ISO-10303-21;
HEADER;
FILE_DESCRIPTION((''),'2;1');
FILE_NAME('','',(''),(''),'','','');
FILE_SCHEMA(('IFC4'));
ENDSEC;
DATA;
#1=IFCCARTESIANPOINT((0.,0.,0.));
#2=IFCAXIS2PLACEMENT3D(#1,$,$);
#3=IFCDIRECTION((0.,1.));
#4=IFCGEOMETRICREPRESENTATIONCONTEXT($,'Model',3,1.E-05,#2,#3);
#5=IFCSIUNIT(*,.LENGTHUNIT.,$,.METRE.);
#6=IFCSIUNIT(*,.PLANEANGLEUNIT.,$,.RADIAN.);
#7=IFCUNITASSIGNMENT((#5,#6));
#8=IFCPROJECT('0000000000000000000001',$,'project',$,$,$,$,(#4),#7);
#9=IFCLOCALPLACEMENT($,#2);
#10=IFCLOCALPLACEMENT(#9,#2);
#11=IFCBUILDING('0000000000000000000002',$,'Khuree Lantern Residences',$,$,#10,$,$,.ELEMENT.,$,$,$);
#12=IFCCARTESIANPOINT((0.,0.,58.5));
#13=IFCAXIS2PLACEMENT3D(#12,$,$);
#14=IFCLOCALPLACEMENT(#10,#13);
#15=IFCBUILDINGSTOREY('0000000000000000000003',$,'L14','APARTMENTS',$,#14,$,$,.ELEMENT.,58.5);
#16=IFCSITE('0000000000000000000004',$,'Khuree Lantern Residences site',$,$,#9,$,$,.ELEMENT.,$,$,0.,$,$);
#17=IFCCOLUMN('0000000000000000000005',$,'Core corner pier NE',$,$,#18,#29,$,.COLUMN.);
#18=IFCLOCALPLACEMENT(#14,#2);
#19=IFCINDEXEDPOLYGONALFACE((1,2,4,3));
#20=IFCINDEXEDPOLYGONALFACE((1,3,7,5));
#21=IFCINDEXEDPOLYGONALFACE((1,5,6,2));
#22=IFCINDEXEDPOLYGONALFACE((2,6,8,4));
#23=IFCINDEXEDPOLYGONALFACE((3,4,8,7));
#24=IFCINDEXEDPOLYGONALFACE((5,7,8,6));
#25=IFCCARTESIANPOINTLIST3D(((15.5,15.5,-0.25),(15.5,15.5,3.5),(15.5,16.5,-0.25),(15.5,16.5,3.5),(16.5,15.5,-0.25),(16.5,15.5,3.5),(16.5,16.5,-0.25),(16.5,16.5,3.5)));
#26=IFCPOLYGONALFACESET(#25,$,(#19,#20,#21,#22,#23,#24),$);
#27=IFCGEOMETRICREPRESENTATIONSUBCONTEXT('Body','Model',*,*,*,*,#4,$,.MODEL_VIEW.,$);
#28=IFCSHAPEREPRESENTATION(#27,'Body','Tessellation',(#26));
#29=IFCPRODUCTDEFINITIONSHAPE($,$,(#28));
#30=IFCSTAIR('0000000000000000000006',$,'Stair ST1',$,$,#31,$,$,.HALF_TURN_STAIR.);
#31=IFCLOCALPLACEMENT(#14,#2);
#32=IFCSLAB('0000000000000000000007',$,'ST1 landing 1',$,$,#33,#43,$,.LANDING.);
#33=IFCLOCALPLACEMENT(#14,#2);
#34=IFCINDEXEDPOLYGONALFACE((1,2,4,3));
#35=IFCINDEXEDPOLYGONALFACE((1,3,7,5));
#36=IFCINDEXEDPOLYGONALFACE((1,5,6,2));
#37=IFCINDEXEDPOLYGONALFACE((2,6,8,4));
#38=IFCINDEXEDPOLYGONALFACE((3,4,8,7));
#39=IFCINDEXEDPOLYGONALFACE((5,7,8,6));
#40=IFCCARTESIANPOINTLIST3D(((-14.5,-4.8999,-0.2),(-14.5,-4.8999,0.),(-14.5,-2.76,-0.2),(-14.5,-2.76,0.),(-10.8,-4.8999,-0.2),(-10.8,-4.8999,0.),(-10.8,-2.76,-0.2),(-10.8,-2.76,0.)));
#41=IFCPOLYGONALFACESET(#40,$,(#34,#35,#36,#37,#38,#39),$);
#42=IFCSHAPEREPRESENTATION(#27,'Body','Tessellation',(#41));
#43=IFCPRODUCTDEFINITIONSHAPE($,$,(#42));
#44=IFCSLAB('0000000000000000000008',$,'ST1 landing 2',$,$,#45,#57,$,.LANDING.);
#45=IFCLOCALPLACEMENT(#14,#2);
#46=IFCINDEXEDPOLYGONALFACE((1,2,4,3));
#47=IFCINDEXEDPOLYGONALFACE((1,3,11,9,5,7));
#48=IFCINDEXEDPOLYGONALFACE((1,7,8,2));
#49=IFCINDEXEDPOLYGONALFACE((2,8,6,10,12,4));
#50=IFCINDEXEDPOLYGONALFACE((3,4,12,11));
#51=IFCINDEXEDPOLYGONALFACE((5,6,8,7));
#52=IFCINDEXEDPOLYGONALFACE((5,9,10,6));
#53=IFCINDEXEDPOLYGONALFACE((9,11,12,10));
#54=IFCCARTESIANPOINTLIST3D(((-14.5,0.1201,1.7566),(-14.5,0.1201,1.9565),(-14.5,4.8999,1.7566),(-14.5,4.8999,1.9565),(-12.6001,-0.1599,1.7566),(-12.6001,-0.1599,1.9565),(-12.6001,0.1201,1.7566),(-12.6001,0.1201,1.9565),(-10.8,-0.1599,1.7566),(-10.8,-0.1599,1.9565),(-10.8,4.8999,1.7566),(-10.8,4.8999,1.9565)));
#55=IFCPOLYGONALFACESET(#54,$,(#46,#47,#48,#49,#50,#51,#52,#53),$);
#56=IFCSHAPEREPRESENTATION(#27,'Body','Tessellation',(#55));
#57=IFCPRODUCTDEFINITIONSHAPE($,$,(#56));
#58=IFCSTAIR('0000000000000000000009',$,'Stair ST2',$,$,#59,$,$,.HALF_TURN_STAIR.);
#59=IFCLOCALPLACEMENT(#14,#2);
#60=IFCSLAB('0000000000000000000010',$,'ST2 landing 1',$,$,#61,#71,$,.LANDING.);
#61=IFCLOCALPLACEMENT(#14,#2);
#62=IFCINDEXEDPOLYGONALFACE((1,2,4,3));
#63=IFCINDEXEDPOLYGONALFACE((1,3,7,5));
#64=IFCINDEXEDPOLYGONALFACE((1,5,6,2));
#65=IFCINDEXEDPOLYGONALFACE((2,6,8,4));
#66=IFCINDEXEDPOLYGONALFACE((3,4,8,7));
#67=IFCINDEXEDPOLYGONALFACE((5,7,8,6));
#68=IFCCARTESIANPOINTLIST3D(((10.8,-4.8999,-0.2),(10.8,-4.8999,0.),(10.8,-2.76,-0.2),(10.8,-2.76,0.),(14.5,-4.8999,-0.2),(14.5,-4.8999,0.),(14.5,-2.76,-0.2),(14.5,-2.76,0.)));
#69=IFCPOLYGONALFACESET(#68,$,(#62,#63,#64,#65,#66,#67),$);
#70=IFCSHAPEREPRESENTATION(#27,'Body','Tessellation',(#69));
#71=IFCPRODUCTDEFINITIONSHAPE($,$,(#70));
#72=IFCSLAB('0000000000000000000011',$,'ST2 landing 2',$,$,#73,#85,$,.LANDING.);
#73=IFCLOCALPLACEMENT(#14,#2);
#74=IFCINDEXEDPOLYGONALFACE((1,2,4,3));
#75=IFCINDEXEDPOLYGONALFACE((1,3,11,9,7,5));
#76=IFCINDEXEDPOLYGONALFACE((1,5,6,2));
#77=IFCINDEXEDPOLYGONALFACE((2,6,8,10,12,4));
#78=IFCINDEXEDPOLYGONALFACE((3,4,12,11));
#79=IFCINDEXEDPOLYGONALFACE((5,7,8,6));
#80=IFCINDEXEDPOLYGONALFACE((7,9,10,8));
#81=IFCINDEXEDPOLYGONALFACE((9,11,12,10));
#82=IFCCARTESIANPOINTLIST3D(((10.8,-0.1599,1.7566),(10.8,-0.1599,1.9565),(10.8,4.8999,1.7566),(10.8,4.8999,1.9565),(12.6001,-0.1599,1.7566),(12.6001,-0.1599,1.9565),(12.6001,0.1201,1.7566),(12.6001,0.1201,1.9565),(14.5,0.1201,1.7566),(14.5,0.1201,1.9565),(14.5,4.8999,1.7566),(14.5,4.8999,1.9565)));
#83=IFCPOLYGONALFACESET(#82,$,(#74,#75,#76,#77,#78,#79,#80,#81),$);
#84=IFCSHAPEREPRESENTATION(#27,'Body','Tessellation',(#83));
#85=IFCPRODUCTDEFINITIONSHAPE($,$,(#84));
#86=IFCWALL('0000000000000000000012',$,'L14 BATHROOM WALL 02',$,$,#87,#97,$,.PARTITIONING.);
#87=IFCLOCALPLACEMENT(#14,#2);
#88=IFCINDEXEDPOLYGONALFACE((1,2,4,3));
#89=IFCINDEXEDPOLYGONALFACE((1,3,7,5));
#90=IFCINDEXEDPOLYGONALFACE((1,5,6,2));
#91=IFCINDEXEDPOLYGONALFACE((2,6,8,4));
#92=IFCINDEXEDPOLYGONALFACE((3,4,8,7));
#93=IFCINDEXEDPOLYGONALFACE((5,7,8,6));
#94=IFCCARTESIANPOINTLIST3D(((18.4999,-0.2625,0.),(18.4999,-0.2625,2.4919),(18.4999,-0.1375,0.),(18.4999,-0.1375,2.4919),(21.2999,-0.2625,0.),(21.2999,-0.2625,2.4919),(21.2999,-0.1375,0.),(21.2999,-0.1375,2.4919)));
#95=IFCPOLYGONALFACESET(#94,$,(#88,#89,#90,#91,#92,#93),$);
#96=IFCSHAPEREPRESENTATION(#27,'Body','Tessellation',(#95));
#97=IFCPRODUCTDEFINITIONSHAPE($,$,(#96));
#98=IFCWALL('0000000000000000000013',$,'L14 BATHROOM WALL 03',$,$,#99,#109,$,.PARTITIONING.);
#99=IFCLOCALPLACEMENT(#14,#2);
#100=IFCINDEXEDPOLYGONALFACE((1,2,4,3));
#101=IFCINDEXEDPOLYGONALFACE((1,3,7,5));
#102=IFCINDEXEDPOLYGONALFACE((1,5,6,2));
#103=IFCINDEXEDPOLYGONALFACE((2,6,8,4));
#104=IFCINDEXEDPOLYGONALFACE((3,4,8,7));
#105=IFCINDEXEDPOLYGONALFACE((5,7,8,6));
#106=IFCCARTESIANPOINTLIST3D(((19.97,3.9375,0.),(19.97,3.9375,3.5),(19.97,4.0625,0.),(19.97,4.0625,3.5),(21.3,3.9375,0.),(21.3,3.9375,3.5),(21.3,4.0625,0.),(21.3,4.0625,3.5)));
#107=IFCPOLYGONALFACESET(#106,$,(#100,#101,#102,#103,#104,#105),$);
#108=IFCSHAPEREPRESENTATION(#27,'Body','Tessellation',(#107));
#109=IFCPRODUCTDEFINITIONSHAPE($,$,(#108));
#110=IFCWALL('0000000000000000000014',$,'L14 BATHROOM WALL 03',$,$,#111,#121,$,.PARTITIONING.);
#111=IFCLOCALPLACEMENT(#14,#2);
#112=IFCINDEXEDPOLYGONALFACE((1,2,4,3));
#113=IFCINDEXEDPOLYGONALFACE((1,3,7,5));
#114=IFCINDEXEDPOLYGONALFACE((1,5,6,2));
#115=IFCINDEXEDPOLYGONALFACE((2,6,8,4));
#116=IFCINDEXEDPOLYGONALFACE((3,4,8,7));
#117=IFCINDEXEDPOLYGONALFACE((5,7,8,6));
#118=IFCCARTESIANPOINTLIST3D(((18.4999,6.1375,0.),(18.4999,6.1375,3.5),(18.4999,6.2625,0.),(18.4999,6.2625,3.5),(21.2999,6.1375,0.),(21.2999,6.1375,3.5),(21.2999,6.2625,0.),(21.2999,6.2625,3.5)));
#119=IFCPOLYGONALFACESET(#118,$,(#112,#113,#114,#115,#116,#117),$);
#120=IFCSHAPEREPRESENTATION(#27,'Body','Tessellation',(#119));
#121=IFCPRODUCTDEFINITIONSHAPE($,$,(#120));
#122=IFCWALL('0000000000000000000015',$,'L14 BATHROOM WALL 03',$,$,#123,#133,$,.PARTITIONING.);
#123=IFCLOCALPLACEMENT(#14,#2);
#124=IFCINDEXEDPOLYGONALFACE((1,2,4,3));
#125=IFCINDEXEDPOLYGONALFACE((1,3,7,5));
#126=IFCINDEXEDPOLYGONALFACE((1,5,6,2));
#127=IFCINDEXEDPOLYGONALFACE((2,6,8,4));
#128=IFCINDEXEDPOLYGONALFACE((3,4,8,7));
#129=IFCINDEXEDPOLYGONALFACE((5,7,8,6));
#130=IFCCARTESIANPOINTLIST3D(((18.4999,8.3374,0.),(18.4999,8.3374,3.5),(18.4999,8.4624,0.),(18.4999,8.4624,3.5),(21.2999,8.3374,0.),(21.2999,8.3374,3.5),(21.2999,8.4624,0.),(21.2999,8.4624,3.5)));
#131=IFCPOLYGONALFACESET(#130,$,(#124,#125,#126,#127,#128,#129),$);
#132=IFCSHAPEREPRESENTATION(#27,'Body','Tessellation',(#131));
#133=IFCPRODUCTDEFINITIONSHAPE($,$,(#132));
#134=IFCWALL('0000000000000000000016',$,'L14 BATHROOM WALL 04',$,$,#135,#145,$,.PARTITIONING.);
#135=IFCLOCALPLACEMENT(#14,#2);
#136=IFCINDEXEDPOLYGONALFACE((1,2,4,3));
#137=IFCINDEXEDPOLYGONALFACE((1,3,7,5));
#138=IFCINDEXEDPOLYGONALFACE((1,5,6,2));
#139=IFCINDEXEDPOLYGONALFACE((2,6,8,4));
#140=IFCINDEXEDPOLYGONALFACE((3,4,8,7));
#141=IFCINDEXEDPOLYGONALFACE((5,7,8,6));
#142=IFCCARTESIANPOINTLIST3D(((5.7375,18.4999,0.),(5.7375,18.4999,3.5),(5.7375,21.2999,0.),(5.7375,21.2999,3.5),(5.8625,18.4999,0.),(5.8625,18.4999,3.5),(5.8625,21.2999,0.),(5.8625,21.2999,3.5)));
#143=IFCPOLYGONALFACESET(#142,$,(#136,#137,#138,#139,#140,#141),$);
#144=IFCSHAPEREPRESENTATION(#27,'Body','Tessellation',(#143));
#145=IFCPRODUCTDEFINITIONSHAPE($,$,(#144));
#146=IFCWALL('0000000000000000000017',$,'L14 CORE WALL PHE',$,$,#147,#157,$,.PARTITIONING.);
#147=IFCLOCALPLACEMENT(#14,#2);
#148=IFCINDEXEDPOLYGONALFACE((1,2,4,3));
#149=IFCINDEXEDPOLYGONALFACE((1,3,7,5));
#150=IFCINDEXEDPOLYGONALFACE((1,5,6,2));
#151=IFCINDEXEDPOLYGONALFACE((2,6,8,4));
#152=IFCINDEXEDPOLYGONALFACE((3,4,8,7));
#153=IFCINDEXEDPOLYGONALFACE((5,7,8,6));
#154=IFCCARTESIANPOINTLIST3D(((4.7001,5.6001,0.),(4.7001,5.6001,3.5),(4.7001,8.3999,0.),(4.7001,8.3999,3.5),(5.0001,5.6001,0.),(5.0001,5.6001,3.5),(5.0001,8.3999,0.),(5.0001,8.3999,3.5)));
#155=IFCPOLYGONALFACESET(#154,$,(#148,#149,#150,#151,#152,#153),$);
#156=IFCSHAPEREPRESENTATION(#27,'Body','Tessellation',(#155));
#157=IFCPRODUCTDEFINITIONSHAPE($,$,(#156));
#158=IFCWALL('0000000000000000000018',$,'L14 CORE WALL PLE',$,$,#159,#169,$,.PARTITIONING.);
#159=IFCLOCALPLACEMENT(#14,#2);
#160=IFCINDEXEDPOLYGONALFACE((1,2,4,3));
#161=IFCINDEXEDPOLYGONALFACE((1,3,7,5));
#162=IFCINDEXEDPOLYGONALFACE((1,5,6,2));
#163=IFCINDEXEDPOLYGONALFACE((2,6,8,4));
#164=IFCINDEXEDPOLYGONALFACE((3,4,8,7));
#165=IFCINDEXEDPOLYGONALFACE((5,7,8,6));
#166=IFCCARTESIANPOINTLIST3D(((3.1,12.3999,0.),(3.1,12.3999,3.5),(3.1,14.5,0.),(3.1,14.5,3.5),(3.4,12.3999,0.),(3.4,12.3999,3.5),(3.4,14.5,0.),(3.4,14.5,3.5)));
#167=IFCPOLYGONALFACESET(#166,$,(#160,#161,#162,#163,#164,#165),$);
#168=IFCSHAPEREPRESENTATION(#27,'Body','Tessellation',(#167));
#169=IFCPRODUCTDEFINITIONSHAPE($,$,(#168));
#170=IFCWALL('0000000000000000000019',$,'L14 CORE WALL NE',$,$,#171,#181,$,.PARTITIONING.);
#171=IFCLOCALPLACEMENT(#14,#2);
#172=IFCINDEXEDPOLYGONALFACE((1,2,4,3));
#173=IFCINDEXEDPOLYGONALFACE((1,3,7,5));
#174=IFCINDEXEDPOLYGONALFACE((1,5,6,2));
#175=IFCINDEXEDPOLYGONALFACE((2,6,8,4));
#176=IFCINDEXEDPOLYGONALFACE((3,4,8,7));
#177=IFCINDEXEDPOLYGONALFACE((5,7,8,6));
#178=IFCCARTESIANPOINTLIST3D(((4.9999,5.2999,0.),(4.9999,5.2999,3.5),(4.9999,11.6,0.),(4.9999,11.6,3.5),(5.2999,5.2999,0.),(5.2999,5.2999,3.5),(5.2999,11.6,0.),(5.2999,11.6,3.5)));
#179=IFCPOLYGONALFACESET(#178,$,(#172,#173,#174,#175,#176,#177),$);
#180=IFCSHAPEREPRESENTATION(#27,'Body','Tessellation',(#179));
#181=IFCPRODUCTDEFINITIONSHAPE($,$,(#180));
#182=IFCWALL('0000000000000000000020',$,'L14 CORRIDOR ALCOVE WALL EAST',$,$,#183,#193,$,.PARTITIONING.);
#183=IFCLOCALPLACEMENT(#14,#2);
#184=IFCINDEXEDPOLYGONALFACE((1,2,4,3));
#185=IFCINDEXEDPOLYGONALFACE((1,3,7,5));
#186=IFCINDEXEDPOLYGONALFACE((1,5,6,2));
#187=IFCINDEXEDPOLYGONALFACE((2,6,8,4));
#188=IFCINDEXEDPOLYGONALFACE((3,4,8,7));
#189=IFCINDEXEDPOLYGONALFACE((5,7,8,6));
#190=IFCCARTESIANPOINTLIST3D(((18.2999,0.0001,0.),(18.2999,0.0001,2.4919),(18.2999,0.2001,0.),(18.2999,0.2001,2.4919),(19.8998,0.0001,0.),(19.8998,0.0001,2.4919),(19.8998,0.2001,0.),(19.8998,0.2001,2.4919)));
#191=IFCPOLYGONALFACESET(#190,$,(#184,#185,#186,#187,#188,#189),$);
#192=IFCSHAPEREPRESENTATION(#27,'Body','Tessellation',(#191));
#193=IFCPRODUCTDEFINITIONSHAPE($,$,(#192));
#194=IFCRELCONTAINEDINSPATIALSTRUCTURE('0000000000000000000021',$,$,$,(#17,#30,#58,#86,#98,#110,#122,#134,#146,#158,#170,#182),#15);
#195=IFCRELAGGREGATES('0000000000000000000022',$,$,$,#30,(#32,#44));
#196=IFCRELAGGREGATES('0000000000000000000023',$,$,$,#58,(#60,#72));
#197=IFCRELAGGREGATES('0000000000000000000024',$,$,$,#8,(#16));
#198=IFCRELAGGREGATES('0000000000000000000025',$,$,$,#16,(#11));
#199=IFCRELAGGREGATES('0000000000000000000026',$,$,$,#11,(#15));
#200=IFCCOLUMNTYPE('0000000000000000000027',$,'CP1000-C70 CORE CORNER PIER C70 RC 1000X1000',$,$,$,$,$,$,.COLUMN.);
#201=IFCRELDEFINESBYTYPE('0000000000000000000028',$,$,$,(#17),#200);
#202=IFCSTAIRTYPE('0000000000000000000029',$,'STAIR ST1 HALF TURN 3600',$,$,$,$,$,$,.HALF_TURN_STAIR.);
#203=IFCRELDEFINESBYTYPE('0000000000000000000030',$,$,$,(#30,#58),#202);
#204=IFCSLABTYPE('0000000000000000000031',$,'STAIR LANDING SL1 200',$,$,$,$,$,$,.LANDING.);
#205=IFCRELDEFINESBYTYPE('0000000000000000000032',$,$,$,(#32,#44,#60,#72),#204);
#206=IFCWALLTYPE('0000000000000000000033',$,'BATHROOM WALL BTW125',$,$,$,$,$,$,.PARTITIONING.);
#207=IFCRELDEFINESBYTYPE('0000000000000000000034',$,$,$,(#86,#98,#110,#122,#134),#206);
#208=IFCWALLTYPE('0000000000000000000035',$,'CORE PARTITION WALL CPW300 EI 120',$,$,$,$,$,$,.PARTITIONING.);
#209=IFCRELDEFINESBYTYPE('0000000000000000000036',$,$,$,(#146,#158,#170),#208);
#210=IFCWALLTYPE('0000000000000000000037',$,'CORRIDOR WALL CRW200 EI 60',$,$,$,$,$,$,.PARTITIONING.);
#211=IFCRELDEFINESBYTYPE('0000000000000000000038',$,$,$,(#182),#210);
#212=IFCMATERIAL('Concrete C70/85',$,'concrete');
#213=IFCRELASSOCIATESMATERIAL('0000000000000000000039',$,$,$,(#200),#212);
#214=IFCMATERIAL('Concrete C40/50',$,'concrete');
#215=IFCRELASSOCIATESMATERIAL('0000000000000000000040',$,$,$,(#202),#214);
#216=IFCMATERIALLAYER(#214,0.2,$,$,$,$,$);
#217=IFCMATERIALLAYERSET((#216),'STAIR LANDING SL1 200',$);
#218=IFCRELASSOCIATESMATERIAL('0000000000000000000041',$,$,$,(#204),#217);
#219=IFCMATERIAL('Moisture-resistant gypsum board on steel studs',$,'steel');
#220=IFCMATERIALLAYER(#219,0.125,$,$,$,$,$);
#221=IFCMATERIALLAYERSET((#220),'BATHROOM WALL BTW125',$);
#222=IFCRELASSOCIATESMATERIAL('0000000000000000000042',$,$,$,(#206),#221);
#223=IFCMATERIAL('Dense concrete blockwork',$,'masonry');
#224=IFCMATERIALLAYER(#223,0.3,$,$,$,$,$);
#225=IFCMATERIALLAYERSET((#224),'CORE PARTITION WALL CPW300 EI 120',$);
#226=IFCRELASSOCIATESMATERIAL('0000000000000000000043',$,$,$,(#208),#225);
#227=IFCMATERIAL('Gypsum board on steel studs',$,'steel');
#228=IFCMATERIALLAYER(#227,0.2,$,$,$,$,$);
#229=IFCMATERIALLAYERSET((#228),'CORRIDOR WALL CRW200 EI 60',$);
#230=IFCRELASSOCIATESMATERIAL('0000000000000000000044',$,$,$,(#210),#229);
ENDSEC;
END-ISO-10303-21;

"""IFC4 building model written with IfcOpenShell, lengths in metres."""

from ifc_helpers import new_model, si_unit, direction, frame, frame_2d, origin, origin_2d, place, context, subcontext, project, spatial, polyline, rectangle, outline, extrude, material, layer, layer_set, material_profile, profile_set, type_object, element, aggregate, save


model = new_model("IFC4")

# Units and contexts
model_context = context("Model", 3, precision=1e-05, world=origin(), true_north=direction((0.0, 1.0)))
body_context = subcontext(model_context, "Body", "Model", "MODEL_VIEW")
ifc_project = project(units=[si_unit("LENGTHUNIT", "METRE"), si_unit("PLANEANGLEUNIT", "RADIAN")], contexts=[model_context])

# Site, building, storey
site_placement = place(None, origin())
site = spatial("IfcSite", under=ifc_project, at=site_placement, Name="Khuree Lantern Residences site", CompositionType="ELEMENT", RefElevation=0.0)
building_placement = place(site_placement, origin())
building = spatial("IfcBuilding", under=site, at=building_placement, Name="Khuree Lantern Residences", CompositionType="ELEMENT")
storey_placement = place(building_placement, frame((0.0, 0.0, 58.5)))
storey = spatial("IfcBuildingStorey", under=building, at=storey_placement, Name="L14", Description="APARTMENTS", CompositionType="ELEMENT", Elevation=58.5)

# Column
ifc_material_1 = material(Name="Concrete C70/85", Category="concrete")
ifc_material_profile = material_profile(ifc_material_1, rectangle(XDim=1.0, YDim=1.0, at=origin_2d()), Name="RC 1000X1000")
ifc_profile_set = profile_set([ifc_material_profile], Name="Concrete C70/85")
column_type = type_object("IfcColumnType", Name="CP1000-C70 CORE CORNER PIER C70 RC 1000X1000", PredefinedType="COLUMN", material=ifc_profile_set)
column_placement = place(storey_placement, frame((16.0, 16.0, -0.25), z_axis=(0.0, 0.0, 1.0), x_axis=(1.0, 0.0, 0.0)))
element("IfcColumn", 1, at=column_placement, inside=storey, type_object=column_type, Name="Core corner pier NE", PredefinedType="COLUMN", context=body_context, shape_type="SweptSolid", body=[
    extrude(rectangle(XDim=1.0, YDim=1.0, at=origin_2d()), origin(), (0.0, 0.0, 1.0), 3.75),
])

# Stairs, slabs
ifc_material_2 = material(Name="Concrete C40/50", Category="concrete")
stair_type = type_object("IfcStairType", Name="STAIR ST1 HALF TURN 3600", PredefinedType="HALF_TURN_STAIR", material=ifc_material_2)
stair_1_placement = place(storey_placement, origin())
stair_1 = element("IfcStair", 2, at=stair_1_placement, inside=storey, type_object=stair_type, Name="Stair ST1", PredefinedType="HALF_TURN_STAIR")
ifc_layer_1 = layer(ifc_material_2, 0.2)
ifc_layer_set_1 = layer_set([ifc_layer_1], Name="STAIR LANDING SL1 200")
slab_type = type_object("IfcSlabType", Name="STAIR LANDING SL1 200", PredefinedType="LANDING", material=ifc_layer_set_1)
slab_1_placement = place(storey_placement, frame((0.0, 0.0, -0.2)))
slab_1 = element("IfcSlab", 3, at=slab_1_placement, type_object=slab_type, Name="ST1 landing 1", PredefinedType="LANDING", context=body_context, shape_type="SweptSolid", body=[
    extrude(outline(polyline([(-14.5, -4.8999), (-10.8, -4.8999), (-10.8, -2.76), (-14.5, -2.76), (-14.5, -4.8999)])), origin(), (0.0, 0.0, 1.0), 0.2),
])
slab_2_placement = place(storey_placement, frame((0.0, 0.0, 1.7566)))
slab_2 = element("IfcSlab", 4, at=slab_2_placement, type_object=slab_type, Name="ST1 landing 2", PredefinedType="LANDING", context=body_context, shape_type="SweptSolid", body=[
    extrude(outline(polyline([(-14.5, 0.1201), (-14.5, 4.8999), (-10.8, 4.8999), (-10.8, -0.1599), (-12.6001, -0.1599), (-12.6001, 0.1201), (-14.5, 0.1201)])), origin(), (0.0, 0.0, 1.0), 0.2),
])
aggregate(stair_1, [slab_1, slab_2])
stair_2_placement = place(storey_placement, origin())
stair_2 = element("IfcStair", 5, at=stair_2_placement, inside=storey, type_object=stair_type, Name="Stair ST2", PredefinedType="HALF_TURN_STAIR")
slab_3_placement = place(storey_placement, frame((0.0, 0.0, -0.2)))
slab_3 = element("IfcSlab", 6, at=slab_3_placement, type_object=slab_type, Name="ST2 landing 1", PredefinedType="LANDING", context=body_context, shape_type="SweptSolid", body=[
    extrude(outline(polyline([(10.8, -4.8999), (14.5, -4.8999), (14.5, -2.76), (10.8, -2.76), (10.8, -4.8999)])), origin(), (0.0, 0.0, 1.0), 0.2),
])
slab_4_placement = place(storey_placement, frame((0.0, 0.0, 1.7566)))
slab_4 = element("IfcSlab", 7, at=slab_4_placement, type_object=slab_type, Name="ST2 landing 2", PredefinedType="LANDING", context=body_context, shape_type="SweptSolid", body=[
    extrude(outline(polyline([(14.5, 4.8999), (14.5, 0.1201), (12.6001, 0.1201), (12.6001, -0.1599), (10.8, -0.1599), (10.8, 4.8999), (14.5, 4.8999)])), origin(), (0.0, 0.0, 1.0), 0.2),
])

# Walls
ifc_material_3 = material(Name="Moisture-resistant gypsum board on steel studs", Category="steel")
ifc_layer_2 = layer(ifc_material_3, 0.125)
ifc_layer_set_2 = layer_set([ifc_layer_2], Name="BATHROOM WALL BTW125")
wall_type_1 = type_object("IfcWallType", Name="BATHROOM WALL BTW125", PredefinedType="PARTITIONING", material=ifc_layer_set_2)
wall_1_placement = place(storey_placement, frame((18.5, -0.2, 0.0), z_axis=(0.0, 0.0, 1.0), x_axis=(1.0, 0.0, 0.0)))
element("IfcWall", 8, at=wall_1_placement, inside=storey, type_object=wall_type_1, Name="L14 BATHROOM WALL 02", PredefinedType="PARTITIONING", context=body_context, shape_type="SweptSolid", body=[
    extrude(rectangle(XDim=2.8, YDim=0.125, at=frame_2d((1.3999, 0.0))), origin(), (0.0, 0.0, 1.0), 2.4919),
])
wall_2_placement = place(storey_placement, frame((19.97, 4.0, 0.0), z_axis=(0.0, 0.0, 1.0), x_axis=(1.0, 0.0, 0.0)))
element("IfcWall", 9, at=wall_2_placement, inside=storey, type_object=wall_type_1, Name="L14 BATHROOM WALL 03", PredefinedType="PARTITIONING", context=body_context, shape_type="SweptSolid", body=[
    extrude(rectangle(XDim=1.3301, YDim=0.125, at=frame_2d((0.665, 0.0))), origin(), (0.0, 0.0, 1.0), 3.5),
])
for number, where, z_axis, x_axis, name in (
    (10, (18.5, 6.2, 0.0), (0.0, 0.0, 1.0), (1.0, 0.0, 0.0), "L14 BATHROOM WALL 03"),
    (11, (18.5, 8.3999, 0.0), (0.0, 0.0, 1.0), (1.0, 0.0, 0.0), "L14 BATHROOM WALL 03"),
    (12, (5.8, 18.5, 0.0), (0.0, 0.0, 1.0), (0.0, 1.0, 0.0), "L14 BATHROOM WALL 04"),
):
    element("IfcWall", number, at=place(storey_placement, frame(where, z_axis=z_axis, x_axis=x_axis)), inside=storey, type_object=wall_type_1, Name=name, PredefinedType="PARTITIONING", context=body_context, shape_type="SweptSolid", body=[
        extrude(rectangle(XDim=2.8, YDim=0.125, at=frame_2d((1.3999, 0.0))), origin(), (0.0, 0.0, 1.0), 3.5),
    ])
ifc_material_4 = material(Name="Dense concrete blockwork", Category="masonry")
ifc_layer_3 = layer(ifc_material_4, 0.3)
ifc_layer_set_3 = layer_set([ifc_layer_3], Name="CORE PARTITION WALL CPW300 EI 120")
wall_type_2 = type_object("IfcWallType", Name="CORE PARTITION WALL CPW300 EI 120", PredefinedType="PARTITIONING", material=ifc_layer_set_3)
wall_3_placement = place(storey_placement, frame((4.8501, 5.6001, 0.0), z_axis=(0.0, 0.0, 1.0), x_axis=(0.0, 1.0, 0.0)))
element("IfcWall", 13, at=wall_3_placement, inside=storey, type_object=wall_type_2, Name="L14 CORE WALL PHE", PredefinedType="PARTITIONING", context=body_context, shape_type="SweptSolid", body=[
    extrude(rectangle(XDim=2.7998, YDim=0.3, at=frame_2d((1.3999, 0.0))), origin(), (0.0, 0.0, 1.0), 3.5),
])
wall_4_placement = place(storey_placement, frame((3.25, 12.3999, 0.0), z_axis=(0.0, 0.0, 1.0), x_axis=(0.0, 1.0, 0.0)))
element("IfcWall", 14, at=wall_4_placement, inside=storey, type_object=wall_type_2, Name="L14 CORE WALL PLE", PredefinedType="PARTITIONING", context=body_context, shape_type="SweptSolid", body=[
    extrude(rectangle(XDim=2.1001, YDim=0.3, at=frame_2d((1.05, 0.0))), origin(), (0.0, 0.0, 1.0), 3.5),
])
wall_5_placement = place(storey_placement, frame((5.1499, 5.3, 0.0), z_axis=(0.0, 0.0, 1.0), x_axis=(0.0, 1.0, 0.0)))
element("IfcWall", 15, at=wall_5_placement, inside=storey, type_object=wall_type_2, Name="L14 CORE WALL NE", PredefinedType="PARTITIONING", context=body_context, shape_type="SweptSolid", body=[
    extrude(rectangle(XDim=6.3, YDim=0.3, at=frame_2d((3.1499, 0.0))), origin(), (0.0, 0.0, 1.0), 3.5),
])
ifc_material_5 = material(Name="Gypsum board on steel studs", Category="steel")
ifc_layer_4 = layer(ifc_material_5, 0.2)
ifc_layer_set_4 = layer_set([ifc_layer_4], Name="CORRIDOR WALL CRW200 EI 60")
wall_type_3 = type_object("IfcWallType", Name="CORRIDOR WALL CRW200 EI 60", PredefinedType="PARTITIONING", material=ifc_layer_set_4)
wall_6_placement = place(storey_placement, frame((18.3, 0.1001, 0.0), z_axis=(0.0, 0.0, 1.0), x_axis=(1.0, 0.0, 0.0)))
element("IfcWall", 16, at=wall_6_placement, inside=storey, type_object=wall_type_3, Name="L14 CORRIDOR ALCOVE WALL EAST", PredefinedType="PARTITIONING", context=body_context, shape_type="SweptSolid", body=[
    extrude(rectangle(XDim=1.5999, YDim=0.2, at=frame_2d((0.7998, 0.0))), origin(), (0.0, 0.0, 1.0), 2.4919),
])

aggregate(stair_2, [slab_3, slab_4])

save(model, "model.ifc")
